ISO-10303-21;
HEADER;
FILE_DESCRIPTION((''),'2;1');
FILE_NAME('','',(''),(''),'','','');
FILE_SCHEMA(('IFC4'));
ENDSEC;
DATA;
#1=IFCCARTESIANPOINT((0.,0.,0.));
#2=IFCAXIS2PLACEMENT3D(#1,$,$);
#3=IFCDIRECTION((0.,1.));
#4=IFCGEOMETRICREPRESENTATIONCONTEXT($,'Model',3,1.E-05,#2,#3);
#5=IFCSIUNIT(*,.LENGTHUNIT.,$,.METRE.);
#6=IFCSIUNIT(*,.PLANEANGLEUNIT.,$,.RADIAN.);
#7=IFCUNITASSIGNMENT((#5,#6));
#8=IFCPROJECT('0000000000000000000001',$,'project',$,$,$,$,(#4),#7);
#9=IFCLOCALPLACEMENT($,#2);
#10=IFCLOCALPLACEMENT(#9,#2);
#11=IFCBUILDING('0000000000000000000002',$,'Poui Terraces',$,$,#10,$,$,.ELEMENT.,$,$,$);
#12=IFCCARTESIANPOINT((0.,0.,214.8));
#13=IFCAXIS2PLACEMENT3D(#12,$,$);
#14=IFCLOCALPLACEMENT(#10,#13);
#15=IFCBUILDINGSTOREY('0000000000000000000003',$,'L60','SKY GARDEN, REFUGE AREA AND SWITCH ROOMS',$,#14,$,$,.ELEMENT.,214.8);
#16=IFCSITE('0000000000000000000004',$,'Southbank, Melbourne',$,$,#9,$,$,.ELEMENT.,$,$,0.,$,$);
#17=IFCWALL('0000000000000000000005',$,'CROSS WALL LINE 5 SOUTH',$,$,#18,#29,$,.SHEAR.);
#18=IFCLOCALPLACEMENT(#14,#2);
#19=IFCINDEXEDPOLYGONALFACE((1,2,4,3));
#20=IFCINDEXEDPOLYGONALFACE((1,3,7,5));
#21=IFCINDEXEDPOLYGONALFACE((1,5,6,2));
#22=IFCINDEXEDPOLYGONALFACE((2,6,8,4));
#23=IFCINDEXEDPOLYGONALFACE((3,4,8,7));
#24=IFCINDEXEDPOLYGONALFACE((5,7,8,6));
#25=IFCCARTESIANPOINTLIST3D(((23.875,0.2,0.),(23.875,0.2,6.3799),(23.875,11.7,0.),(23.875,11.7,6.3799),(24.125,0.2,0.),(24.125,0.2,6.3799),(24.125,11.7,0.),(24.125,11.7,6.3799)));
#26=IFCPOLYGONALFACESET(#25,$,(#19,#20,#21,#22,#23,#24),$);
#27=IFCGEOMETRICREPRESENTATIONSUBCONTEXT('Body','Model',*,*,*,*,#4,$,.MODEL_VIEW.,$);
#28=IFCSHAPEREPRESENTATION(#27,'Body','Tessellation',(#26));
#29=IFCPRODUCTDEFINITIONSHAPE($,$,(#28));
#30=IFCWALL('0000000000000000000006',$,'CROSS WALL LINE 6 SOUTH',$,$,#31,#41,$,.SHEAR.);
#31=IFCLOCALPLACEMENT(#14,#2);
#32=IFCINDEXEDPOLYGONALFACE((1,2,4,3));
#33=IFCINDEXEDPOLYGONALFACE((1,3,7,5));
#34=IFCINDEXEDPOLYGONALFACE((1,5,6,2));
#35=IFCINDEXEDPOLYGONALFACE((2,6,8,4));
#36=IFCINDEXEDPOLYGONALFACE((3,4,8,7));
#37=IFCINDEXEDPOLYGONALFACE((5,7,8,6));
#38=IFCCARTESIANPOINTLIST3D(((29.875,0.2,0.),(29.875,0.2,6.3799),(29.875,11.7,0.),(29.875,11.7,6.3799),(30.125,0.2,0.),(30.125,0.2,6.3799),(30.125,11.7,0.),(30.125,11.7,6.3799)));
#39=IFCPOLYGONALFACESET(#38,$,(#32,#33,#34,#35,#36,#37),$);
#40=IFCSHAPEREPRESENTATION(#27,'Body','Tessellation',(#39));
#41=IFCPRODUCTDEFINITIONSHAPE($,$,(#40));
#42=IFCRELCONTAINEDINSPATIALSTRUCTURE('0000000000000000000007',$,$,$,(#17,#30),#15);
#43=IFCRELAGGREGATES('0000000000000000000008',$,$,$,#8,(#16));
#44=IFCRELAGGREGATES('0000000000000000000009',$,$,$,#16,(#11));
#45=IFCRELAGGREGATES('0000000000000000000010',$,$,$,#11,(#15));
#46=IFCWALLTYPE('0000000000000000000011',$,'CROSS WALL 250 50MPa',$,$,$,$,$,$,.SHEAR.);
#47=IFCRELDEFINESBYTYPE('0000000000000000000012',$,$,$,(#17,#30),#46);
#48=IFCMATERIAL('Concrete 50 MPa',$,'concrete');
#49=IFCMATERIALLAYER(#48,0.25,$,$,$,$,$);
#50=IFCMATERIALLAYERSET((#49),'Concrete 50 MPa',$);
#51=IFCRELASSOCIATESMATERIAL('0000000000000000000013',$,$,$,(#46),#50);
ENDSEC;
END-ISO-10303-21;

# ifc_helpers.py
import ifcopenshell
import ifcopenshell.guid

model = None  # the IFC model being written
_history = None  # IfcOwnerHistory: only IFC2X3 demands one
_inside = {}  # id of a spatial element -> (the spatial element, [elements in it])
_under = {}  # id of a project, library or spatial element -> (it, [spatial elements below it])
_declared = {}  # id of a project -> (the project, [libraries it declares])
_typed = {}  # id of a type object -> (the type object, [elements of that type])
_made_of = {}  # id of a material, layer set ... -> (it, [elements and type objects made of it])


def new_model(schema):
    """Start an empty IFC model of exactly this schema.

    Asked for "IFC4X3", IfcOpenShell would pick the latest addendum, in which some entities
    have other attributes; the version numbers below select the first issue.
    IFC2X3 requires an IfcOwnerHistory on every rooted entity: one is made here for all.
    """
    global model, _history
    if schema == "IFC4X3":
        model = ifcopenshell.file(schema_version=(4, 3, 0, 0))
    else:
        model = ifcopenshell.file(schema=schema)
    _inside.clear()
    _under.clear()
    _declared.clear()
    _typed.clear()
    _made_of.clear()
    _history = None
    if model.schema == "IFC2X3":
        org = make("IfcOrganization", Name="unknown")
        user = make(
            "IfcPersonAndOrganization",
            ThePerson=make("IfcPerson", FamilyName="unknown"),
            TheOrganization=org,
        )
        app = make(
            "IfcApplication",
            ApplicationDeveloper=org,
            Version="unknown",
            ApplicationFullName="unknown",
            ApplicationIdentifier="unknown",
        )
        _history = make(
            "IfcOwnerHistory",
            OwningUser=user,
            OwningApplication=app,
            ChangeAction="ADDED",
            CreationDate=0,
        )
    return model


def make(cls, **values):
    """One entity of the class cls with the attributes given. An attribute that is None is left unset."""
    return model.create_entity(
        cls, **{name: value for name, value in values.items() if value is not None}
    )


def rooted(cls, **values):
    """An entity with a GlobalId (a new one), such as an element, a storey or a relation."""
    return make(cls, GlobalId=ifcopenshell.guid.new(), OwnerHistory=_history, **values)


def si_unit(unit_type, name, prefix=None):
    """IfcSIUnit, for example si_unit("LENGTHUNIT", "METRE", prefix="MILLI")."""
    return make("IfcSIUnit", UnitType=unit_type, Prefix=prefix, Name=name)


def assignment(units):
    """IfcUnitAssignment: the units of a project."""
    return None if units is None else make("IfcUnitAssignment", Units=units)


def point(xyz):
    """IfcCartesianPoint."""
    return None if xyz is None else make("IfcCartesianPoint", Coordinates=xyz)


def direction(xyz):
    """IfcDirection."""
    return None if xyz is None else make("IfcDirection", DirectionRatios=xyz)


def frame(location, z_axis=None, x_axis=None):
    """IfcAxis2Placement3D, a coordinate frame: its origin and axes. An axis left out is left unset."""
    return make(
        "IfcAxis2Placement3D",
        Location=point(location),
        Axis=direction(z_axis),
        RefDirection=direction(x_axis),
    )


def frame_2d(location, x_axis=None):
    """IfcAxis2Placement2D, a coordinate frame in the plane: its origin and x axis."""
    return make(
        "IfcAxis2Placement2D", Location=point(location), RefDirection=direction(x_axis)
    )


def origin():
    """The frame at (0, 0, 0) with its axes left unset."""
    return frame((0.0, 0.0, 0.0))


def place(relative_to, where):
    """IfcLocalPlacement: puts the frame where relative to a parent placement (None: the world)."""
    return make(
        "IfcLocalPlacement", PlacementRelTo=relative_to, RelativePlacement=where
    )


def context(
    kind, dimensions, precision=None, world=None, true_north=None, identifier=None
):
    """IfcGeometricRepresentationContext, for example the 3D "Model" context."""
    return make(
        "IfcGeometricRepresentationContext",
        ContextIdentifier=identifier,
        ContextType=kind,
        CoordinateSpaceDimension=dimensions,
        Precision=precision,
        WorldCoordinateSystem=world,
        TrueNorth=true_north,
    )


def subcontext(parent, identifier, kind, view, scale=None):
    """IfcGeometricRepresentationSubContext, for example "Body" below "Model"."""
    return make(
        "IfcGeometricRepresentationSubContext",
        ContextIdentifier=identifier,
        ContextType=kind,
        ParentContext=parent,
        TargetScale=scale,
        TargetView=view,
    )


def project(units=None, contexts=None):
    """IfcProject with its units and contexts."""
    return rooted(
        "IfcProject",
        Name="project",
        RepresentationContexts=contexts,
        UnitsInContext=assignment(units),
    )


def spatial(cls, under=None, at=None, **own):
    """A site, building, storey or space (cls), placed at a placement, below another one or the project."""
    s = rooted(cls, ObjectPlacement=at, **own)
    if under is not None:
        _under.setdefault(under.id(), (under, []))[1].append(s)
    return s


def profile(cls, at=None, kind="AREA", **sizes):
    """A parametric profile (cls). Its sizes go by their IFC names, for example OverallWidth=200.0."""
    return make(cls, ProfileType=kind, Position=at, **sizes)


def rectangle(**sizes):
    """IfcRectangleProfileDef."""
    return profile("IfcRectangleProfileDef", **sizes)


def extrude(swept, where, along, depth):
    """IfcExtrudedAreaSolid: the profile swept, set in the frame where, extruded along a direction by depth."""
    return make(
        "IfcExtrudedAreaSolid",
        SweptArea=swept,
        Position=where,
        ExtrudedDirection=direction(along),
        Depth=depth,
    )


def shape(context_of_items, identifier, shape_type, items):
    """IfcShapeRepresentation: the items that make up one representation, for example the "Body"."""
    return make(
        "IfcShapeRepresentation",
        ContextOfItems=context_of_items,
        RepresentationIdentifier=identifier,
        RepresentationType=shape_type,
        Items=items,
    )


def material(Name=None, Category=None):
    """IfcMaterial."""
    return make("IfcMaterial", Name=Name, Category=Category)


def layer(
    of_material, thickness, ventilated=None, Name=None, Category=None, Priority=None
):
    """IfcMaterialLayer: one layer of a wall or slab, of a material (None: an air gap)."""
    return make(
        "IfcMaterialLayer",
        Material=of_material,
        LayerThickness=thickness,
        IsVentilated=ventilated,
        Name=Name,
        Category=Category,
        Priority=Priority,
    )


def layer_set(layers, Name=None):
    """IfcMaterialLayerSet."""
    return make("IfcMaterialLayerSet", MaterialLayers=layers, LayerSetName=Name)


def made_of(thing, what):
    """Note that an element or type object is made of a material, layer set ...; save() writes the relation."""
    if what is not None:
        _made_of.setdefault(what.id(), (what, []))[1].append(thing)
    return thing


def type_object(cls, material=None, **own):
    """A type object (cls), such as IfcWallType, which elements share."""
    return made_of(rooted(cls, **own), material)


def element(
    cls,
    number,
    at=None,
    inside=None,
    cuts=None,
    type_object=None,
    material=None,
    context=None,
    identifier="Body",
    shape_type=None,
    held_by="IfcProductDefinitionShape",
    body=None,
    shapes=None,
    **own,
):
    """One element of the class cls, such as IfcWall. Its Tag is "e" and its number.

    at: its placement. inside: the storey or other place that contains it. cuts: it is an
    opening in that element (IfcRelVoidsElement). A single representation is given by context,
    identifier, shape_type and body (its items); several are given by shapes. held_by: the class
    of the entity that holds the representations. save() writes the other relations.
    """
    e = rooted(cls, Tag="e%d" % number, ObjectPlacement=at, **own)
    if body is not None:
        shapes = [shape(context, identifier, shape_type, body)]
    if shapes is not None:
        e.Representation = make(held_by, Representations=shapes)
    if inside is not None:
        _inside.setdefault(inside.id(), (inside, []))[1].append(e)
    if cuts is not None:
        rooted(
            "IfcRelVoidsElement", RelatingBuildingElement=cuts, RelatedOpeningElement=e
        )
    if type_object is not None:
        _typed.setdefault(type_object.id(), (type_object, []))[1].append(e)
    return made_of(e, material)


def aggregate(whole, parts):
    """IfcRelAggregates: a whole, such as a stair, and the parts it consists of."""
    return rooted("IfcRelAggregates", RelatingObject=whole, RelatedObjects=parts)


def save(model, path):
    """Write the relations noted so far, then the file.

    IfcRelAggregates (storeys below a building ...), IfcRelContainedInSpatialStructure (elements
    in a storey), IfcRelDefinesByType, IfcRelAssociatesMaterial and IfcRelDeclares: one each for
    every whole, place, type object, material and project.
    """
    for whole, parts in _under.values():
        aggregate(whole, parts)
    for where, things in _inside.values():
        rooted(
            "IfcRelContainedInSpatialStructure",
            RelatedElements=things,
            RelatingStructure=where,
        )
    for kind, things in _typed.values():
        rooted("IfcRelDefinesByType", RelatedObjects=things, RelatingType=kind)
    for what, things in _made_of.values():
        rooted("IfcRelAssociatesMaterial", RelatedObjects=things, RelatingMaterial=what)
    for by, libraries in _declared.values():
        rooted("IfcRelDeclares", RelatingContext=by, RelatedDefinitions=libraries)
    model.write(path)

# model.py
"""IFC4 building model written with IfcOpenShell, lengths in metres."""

from ifc_helpers import new_model, si_unit, direction, frame, frame_2d, origin, place, context, subcontext, project, spatial, rectangle, extrude, material, layer, layer_set, type_object, element, save


model = new_model("IFC4")

# Units and contexts
model_context = context("Model", 3, precision=1e-05, world=origin(), true_north=direction((0.0, 1.0)))
body_context = subcontext(model_context, "Body", "Model", "MODEL_VIEW")
ifc_project = project(units=[si_unit("LENGTHUNIT", "METRE"), si_unit("PLANEANGLEUNIT", "RADIAN")], contexts=[model_context])

# Site, building, storey
site_placement = place(None, origin())
site = spatial("IfcSite", under=ifc_project, at=site_placement, Name="Southbank, Melbourne", CompositionType="ELEMENT", RefElevation=0.0)
building_placement = place(site_placement, origin())
building = spatial("IfcBuilding", under=site, at=building_placement, Name="Poui Terraces", CompositionType="ELEMENT")
storey_placement = place(building_placement, frame((0.0, 0.0, 214.8)))
storey = spatial("IfcBuildingStorey", under=building, at=storey_placement, Name="L60", Description="SKY GARDEN, REFUGE AREA AND SWITCH ROOMS", CompositionType="ELEMENT", Elevation=214.8)

# Walls
ifc_material_1 = material(Name="Concrete 50 MPa", Category="concrete")
ifc_layer_1 = layer(ifc_material_1, 0.25)
ifc_layer_set_1 = layer_set([ifc_layer_1], Name="Concrete 50 MPa")
wall_type_1 = type_object("IfcWallType", Name="CROSS WALL 250 50MPa", PredefinedType="SHEAR", material=ifc_layer_set_1)
for number, where, z_axis, x_axis, name in (
    (1, (24.0, 0.2, 0.0), (0.0, 0.0, 1.0), (0.0, 1.0, 0.0), "CROSS WALL LINE 5 SOUTH"),
    (2, (30.0, 0.2, 0.0), (0.0, 0.0, 1.0), (0.0, 1.0, 0.0), "CROSS WALL LINE 6 SOUTH"),
):
    element("IfcWall", number, at=place(storey_placement, frame(where, z_axis=z_axis, x_axis=x_axis)), inside=storey, type_object=wall_type_1, Name=name, PredefinedType="SHEAR", context=body_context, shape_type="SweptSolid", body=[
        extrude(rectangle(XDim=11.5, YDim=0.25, at=frame_2d((5.75, 0.0))), origin(), (0.0, 0.0, 1.0), 6.3799),
    ])

save(model, "model.ifc")
